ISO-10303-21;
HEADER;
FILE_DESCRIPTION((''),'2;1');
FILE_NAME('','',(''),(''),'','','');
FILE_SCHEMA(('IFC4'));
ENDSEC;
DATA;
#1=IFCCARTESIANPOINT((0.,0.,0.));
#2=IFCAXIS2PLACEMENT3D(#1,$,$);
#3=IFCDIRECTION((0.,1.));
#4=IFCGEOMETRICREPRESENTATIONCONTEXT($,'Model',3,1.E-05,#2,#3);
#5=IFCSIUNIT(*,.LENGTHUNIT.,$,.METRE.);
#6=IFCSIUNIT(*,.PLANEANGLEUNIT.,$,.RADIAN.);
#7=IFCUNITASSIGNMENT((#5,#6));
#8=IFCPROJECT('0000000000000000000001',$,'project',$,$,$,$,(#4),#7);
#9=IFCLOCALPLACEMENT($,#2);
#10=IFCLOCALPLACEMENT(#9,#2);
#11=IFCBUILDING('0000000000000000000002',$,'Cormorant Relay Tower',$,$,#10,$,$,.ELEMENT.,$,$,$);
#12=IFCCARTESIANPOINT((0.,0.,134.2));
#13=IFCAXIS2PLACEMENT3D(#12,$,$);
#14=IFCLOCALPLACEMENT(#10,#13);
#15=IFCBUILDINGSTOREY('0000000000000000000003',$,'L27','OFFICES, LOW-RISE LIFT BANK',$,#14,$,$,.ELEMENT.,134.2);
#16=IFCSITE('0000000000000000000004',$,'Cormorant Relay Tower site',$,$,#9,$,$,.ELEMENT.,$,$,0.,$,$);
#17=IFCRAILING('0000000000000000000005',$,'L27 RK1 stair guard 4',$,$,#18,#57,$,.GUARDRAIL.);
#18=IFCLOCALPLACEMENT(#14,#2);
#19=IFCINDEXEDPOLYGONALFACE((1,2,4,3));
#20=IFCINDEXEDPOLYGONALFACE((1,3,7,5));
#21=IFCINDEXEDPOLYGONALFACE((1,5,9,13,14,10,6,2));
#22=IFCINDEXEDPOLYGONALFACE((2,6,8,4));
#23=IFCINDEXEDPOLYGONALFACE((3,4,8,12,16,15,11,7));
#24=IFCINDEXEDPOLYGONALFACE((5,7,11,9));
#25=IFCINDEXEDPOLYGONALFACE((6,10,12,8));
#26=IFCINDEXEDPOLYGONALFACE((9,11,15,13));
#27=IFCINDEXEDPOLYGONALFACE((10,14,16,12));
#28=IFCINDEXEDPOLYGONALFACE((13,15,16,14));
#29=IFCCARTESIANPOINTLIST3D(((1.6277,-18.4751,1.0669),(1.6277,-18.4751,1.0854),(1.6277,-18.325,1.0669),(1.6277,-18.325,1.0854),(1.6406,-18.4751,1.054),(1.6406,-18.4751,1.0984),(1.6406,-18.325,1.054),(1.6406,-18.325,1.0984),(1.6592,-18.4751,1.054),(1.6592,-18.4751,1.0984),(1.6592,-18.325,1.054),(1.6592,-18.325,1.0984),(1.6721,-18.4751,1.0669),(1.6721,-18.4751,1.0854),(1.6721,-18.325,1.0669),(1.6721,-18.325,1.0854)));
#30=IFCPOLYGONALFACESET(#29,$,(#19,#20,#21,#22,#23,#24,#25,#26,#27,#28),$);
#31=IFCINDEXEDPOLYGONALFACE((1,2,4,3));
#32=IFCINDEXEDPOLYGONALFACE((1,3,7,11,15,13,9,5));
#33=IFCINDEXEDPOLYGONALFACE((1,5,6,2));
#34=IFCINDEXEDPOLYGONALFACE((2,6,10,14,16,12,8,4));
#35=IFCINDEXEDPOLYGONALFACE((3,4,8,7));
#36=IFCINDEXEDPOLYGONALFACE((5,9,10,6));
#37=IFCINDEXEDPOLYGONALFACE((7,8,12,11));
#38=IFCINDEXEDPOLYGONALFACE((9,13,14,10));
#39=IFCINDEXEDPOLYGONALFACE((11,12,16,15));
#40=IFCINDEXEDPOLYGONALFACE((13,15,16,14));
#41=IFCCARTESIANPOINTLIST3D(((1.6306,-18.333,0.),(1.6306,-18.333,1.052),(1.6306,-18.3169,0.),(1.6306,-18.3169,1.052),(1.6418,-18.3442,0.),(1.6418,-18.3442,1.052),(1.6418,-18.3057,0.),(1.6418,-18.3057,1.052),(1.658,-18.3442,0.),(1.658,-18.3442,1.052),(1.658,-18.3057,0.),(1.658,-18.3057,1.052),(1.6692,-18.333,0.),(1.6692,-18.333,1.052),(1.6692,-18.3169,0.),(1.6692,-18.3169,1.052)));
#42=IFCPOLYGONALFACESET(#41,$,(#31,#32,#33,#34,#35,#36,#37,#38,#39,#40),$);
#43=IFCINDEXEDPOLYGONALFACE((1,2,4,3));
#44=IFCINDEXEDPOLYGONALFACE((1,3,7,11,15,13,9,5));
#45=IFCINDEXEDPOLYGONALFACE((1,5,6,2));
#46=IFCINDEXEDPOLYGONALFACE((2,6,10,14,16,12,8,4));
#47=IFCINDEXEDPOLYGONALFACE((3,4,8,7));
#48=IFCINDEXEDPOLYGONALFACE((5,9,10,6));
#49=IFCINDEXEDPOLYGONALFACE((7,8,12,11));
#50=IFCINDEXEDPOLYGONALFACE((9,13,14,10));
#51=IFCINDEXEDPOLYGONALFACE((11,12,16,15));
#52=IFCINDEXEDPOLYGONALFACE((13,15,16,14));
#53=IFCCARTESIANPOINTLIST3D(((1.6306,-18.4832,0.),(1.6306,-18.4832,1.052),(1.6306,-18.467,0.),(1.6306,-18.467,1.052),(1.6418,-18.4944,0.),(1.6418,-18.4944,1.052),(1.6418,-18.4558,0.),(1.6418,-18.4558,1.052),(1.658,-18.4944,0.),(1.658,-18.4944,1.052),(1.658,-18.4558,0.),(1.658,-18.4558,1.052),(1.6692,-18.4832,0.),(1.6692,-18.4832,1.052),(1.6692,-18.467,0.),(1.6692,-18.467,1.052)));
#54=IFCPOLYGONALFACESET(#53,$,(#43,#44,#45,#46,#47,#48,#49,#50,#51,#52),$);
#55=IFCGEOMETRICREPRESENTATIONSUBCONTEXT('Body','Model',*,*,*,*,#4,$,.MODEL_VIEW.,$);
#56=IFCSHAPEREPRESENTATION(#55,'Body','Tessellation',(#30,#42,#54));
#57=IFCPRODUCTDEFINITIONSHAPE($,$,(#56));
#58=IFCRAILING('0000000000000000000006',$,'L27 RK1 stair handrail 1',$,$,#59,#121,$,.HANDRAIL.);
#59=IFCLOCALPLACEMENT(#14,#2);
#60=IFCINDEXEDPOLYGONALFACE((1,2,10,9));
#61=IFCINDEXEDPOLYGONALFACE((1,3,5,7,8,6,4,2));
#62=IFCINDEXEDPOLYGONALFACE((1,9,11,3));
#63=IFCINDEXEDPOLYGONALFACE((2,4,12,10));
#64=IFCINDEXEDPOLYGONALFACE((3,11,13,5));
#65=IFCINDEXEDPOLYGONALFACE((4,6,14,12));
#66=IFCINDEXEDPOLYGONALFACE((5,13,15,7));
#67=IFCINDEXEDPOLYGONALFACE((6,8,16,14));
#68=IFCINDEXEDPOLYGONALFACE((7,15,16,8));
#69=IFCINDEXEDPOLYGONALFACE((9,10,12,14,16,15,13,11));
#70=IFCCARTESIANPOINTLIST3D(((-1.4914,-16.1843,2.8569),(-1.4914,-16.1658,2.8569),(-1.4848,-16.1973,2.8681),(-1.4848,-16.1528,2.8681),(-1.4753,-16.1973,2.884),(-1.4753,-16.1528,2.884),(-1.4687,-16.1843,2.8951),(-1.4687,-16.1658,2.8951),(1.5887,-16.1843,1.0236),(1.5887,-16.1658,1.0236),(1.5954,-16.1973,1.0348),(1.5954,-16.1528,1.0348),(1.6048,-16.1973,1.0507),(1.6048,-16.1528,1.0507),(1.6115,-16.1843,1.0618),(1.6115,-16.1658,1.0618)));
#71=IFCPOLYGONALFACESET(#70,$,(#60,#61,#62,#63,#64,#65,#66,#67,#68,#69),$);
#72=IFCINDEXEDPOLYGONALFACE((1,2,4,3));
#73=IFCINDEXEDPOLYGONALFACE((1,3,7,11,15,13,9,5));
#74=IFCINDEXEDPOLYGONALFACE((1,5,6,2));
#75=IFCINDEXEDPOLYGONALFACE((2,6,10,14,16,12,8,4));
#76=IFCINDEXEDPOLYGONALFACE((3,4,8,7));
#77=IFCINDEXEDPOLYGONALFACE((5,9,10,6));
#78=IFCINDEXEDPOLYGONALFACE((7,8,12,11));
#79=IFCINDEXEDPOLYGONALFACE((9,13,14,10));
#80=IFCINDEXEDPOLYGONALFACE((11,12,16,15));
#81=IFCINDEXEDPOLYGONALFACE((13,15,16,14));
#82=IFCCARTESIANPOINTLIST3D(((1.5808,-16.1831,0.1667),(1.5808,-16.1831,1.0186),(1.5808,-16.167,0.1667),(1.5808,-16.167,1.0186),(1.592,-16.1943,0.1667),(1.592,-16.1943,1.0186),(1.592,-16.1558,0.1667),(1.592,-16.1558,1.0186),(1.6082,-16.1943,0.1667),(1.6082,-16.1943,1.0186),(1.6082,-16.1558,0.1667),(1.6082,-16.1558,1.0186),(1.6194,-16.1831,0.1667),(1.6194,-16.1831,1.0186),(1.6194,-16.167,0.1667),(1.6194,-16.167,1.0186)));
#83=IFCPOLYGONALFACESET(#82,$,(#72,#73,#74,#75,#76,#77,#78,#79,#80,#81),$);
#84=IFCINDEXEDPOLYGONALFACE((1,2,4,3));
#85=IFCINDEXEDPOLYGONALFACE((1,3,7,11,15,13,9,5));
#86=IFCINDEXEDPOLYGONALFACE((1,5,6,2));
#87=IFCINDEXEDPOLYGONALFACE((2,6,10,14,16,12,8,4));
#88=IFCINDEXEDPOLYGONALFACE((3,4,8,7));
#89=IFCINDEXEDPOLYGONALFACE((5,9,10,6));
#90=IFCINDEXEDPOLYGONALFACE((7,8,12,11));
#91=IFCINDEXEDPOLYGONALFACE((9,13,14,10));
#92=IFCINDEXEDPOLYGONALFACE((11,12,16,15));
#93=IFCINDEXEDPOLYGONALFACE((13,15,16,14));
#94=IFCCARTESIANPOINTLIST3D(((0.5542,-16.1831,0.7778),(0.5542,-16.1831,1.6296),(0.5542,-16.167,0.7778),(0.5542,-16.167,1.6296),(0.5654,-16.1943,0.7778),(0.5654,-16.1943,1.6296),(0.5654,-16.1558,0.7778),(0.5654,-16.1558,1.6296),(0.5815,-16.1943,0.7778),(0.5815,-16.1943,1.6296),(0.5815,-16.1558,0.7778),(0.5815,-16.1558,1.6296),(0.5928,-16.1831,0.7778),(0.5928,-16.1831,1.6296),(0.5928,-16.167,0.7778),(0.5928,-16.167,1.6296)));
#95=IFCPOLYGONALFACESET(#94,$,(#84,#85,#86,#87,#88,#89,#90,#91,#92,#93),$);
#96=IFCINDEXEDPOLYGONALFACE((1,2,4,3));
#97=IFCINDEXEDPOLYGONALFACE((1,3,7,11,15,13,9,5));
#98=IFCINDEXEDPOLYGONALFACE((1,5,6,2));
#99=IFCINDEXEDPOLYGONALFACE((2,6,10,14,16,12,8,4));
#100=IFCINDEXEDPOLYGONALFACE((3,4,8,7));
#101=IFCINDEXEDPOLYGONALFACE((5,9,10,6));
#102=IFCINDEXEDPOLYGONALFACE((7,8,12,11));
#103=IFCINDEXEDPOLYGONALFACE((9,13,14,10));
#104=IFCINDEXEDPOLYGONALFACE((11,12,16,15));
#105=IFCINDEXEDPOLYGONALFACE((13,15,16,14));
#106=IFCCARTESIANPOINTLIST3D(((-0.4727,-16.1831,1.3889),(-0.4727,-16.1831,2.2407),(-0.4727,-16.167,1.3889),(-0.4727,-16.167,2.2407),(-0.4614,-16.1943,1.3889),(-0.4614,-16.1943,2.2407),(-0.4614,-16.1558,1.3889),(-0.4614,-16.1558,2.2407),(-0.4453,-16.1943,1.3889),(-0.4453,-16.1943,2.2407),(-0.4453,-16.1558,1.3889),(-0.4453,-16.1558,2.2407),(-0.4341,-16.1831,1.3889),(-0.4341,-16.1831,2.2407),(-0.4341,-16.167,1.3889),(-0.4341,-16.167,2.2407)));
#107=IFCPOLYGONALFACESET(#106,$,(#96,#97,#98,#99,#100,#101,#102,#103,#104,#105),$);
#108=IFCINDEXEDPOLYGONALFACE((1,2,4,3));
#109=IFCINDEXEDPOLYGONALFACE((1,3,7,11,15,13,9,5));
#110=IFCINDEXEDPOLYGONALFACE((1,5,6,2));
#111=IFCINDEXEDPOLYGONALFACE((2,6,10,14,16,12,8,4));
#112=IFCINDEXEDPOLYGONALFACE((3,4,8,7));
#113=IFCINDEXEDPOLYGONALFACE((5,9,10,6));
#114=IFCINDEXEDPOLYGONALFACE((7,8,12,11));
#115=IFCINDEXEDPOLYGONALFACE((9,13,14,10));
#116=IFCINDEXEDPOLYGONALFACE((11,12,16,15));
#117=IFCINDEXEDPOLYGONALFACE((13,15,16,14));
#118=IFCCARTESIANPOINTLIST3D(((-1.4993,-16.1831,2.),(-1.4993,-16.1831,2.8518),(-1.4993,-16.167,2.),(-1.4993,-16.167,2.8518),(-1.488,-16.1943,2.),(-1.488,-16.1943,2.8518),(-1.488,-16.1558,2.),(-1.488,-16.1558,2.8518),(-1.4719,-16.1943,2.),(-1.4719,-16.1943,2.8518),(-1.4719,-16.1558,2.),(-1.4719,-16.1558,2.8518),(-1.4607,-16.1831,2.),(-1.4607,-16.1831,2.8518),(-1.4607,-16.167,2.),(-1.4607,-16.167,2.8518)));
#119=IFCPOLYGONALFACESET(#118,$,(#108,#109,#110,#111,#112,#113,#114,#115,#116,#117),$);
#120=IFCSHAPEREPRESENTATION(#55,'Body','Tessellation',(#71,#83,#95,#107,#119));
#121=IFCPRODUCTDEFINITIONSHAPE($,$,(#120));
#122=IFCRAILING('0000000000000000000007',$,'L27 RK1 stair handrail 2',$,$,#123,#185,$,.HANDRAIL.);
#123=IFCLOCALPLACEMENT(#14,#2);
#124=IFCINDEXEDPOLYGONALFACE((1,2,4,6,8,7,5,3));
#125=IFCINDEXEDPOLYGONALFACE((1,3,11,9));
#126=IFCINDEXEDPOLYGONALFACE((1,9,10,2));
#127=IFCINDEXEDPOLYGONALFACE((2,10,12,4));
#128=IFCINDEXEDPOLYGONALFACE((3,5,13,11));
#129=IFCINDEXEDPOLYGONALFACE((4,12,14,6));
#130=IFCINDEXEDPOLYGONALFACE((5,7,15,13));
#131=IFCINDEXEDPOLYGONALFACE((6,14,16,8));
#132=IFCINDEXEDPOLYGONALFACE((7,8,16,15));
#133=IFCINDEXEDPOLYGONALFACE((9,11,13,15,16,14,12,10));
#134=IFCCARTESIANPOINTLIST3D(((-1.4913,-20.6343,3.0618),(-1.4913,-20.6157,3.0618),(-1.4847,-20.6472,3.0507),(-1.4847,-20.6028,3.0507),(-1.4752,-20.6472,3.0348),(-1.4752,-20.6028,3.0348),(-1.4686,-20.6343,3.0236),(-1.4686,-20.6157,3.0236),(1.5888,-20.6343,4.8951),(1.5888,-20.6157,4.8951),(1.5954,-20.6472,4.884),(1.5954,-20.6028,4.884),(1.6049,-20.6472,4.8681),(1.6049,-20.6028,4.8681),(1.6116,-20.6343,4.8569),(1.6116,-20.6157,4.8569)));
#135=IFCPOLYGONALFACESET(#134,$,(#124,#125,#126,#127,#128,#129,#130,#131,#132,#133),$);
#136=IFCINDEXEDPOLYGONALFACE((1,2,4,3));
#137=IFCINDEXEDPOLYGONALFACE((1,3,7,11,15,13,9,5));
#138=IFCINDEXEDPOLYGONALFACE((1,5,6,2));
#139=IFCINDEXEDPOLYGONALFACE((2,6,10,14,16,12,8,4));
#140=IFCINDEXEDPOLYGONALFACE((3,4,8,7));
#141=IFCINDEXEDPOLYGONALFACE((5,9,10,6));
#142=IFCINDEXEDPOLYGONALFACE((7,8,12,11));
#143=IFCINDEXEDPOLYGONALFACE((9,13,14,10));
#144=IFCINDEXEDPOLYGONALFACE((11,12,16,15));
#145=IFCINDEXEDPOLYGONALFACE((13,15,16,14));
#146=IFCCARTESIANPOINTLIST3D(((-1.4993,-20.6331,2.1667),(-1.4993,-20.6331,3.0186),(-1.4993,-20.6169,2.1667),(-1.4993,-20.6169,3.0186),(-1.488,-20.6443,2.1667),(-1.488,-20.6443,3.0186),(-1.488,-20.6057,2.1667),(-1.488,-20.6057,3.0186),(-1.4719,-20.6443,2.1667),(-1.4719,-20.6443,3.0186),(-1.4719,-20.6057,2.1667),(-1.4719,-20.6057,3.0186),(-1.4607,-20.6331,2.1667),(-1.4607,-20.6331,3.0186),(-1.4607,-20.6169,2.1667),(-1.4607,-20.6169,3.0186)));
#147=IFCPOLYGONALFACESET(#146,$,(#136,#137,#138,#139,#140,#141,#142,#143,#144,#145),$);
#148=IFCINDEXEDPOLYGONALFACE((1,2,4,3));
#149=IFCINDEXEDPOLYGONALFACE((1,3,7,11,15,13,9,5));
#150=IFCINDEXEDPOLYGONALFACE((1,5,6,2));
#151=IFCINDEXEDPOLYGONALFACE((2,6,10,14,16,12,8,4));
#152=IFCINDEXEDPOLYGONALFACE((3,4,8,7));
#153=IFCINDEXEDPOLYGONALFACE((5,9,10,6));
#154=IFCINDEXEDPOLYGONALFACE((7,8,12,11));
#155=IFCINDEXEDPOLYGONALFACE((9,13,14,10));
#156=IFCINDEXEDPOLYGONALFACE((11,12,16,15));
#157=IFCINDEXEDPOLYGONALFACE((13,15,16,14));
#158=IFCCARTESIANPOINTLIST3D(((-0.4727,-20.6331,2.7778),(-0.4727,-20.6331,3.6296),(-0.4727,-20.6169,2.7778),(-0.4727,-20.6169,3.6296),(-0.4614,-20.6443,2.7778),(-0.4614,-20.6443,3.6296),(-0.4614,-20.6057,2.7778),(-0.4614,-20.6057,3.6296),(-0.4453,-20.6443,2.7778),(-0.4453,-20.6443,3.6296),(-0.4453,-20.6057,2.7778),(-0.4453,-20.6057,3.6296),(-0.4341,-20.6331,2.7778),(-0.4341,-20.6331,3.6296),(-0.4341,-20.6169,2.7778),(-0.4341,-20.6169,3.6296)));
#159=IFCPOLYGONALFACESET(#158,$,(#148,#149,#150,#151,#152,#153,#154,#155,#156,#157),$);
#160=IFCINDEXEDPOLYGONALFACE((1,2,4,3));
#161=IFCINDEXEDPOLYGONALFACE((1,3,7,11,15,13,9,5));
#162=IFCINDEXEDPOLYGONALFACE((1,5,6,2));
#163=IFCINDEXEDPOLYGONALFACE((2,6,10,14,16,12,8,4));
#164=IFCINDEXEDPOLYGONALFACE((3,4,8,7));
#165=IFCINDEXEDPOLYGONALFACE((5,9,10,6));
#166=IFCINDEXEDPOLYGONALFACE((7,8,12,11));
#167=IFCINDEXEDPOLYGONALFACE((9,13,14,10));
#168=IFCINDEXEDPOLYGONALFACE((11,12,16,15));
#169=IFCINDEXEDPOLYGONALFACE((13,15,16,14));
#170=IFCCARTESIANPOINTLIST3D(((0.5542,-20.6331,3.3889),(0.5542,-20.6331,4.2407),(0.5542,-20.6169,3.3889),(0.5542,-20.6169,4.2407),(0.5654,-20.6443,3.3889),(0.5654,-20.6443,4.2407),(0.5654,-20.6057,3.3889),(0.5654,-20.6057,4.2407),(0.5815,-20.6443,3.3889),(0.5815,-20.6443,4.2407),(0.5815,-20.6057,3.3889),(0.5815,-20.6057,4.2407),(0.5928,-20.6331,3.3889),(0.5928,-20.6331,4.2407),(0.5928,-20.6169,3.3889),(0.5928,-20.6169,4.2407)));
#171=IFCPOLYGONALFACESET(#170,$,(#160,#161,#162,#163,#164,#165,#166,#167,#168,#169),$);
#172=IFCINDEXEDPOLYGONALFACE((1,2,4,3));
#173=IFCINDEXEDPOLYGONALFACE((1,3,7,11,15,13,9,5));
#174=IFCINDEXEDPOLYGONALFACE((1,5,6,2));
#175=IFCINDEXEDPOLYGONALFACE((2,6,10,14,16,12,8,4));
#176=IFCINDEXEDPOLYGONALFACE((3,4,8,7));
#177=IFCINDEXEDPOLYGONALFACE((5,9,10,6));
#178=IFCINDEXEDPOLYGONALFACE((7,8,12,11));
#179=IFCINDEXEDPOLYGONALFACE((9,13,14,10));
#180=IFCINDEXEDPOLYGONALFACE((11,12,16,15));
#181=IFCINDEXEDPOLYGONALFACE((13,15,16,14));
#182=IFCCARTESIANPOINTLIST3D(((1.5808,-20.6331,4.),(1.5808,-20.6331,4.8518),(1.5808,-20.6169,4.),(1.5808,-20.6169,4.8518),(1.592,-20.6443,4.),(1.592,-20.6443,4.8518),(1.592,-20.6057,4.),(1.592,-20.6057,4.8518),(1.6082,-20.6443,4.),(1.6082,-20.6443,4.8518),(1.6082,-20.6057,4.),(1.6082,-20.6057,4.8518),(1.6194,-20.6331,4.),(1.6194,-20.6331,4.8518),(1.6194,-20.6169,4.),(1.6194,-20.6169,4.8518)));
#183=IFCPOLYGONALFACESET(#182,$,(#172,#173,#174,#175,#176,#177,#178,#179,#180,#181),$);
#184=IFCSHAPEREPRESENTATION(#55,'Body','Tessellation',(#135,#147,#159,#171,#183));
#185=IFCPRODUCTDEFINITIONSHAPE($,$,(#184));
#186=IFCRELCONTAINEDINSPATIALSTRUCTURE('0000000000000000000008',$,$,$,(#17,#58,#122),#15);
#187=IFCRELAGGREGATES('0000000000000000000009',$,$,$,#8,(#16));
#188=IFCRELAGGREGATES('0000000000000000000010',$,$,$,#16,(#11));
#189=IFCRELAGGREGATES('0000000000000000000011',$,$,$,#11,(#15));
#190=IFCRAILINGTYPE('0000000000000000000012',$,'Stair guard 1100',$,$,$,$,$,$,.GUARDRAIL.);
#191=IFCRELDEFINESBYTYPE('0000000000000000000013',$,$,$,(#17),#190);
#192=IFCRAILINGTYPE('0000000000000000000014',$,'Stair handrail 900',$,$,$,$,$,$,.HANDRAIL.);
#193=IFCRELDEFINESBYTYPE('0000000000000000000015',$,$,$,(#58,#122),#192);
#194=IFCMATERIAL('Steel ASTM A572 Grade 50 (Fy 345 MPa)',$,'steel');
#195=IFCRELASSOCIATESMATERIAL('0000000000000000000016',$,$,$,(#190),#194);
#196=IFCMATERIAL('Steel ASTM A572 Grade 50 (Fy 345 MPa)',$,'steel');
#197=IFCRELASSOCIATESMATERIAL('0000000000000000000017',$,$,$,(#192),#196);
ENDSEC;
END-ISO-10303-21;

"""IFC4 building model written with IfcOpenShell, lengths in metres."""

from ifc_helpers import new_model, si_unit, direction, frame, origin, place, context, subcontext, project, spatial, polyline, outline, extrude, material, type_object, element, save


model = new_model("IFC4")

# Units and contexts
model_context = context("Model", 3, precision=1e-05, world=origin(), true_north=direction((0.0, 1.0)))
body_context = subcontext(model_context, "Body", "Model", "MODEL_VIEW")
ifc_project = project(units=[si_unit("LENGTHUNIT", "METRE"), si_unit("PLANEANGLEUNIT", "RADIAN")], contexts=[model_context])

# Site, building, storey
site_placement = place(None, origin())
site = spatial("IfcSite", under=ifc_project, at=site_placement, Name="Cormorant Relay Tower site", CompositionType="ELEMENT", RefElevation=0.0)
building_placement = place(site_placement, origin())
building = spatial("IfcBuilding", under=site, at=building_placement, Name="Cormorant Relay Tower", CompositionType="ELEMENT")
storey_placement = place(building_placement, frame((0.0, 0.0, 134.2)))
storey = spatial("IfcBuildingStorey", under=building, at=storey_placement, Name="L27", Description="OFFICES, LOW-RISE LIFT BANK", CompositionType="ELEMENT", Elevation=134.2)

# Railings
ifc_material_1 = material(Name="Steel ASTM A572 Grade 50 (Fy 345 MPa)", Category="steel")
railing_type_1 = type_object("IfcRailingType", Name="Stair guard 1100", PredefinedType="GUARDRAIL", material=ifc_material_1)
railing_1_placement = place(storey_placement, frame((1.6499, -18.325, 0.0)))
element("IfcRailing", 1, at=railing_1_placement, inside=storey, type_object=railing_type_1, Name="L27 RK1 stair guard 4", PredefinedType="GUARDRAIL", context=body_context, shape_type="SweptSolid", body=[
    extrude(outline(polyline([(0.0222, 0.0093), (0.0093, 0.0222), (-0.0093, 0.0222), (-0.0222, 0.0093), (-0.0222, -0.0093), (-0.0093, -0.0222), (0.0093, -0.0222), (0.0222, -0.0093), (0.0222, 0.0093)])), frame((0.0, 0.0, 1.0762), z_axis=(0.0, -1.0, 0.0), x_axis=(1.0, 0.0, 0.0)), (0.0, 0.0, 1.0), 0.1501),
    extrude(outline(polyline([(0.0193, 0.0081), (0.0081, 0.0193), (-0.0081, 0.0193), (-0.0193, 0.0081), (-0.0193, -0.0081), (-0.0081, -0.0193), (0.0081, -0.0193), (0.0193, -0.0081), (0.0193, 0.0081)])), origin(), (0.0, 0.0, 1.0), 1.052),
    extrude(outline(polyline([(0.0193, 0.0081), (0.0081, 0.0193), (-0.0081, 0.0193), (-0.0193, 0.0081), (-0.0193, -0.0081), (-0.0081, -0.0193), (0.0081, -0.0193), (0.0193, -0.0081), (0.0193, 0.0081)])), frame((0.0, -0.1501, 0.0)), (0.0, 0.0, 1.0), 1.052),
])
ifc_material_2 = material(Name="Steel ASTM A572 Grade 50 (Fy 345 MPa)", Category="steel")
railing_type_2 = type_object("IfcRailingType", Name="Stair handrail 900", PredefinedType="HANDRAIL", material=ifc_material_2)
railing_2_placement = place(storey_placement, frame((1.6001, -16.175, 0.1667)))
element("IfcRailing", 2, at=railing_2_placement, inside=storey, type_object=railing_type_2, Name="L27 RK1 stair handrail 1", PredefinedType="HANDRAIL", context=body_context, shape_type="SweptSolid", body=[
    extrude(outline(polyline([(0.0222, 0.0093), (0.0093, 0.0222), (-0.0093, 0.0222), (-0.0222, 0.0093), (-0.0222, -0.0093), (-0.0093, -0.0222), (0.0093, -0.0222), (0.0222, -0.0093), (0.0222, 0.0093)])), frame((0.0, 0.0, 0.876), z_axis=(-0.859309, 0.0, 0.511458), x_axis=(0.0, -1.0, 0.0)), (0.0, 0.0, 1.0), 3.5845),
    extrude(outline(polyline([(0.0193, 0.0081), (0.0081, 0.0193), (-0.0081, 0.0193), (-0.0193, 0.0081), (-0.0193, -0.0081), (-0.0081, -0.0193), (0.0081, -0.0193), (0.0193, -0.0081), (0.0193, 0.0081)])), origin(), (0.0, 0.0, 1.0), 0.8518),
    extrude(outline(polyline([(0.0193, 0.0081), (0.0081, 0.0193), (-0.0081, 0.0193), (-0.0193, 0.0081), (-0.0193, -0.0081), (-0.0081, -0.0193), (0.0081, -0.0193), (0.0193, -0.0081), (0.0193, 0.0081)])), frame((-1.0266, 0.0, 0.6111)), (0.0, 0.0, 1.0), 0.8518),
    extrude(outline(polyline([(0.0193, 0.0081), (0.0081, 0.0193), (-0.0081, 0.0193), (-0.0193, 0.0081), (-0.0193, -0.0081), (-0.0081, -0.0193), (0.0081, -0.0193), (0.0193, -0.0081), (0.0193, 0.0081)])), frame((-2.0535, 0.0, 1.2222)), (0.0, 0.0, 1.0), 0.8518),
    extrude(outline(polyline([(0.0193, 0.0081), (0.0081, 0.0193), (-0.0081, 0.0193), (-0.0193, 0.0081), (-0.0193, -0.0081), (-0.0081, -0.0193), (0.0081, -0.0193), (0.0193, -0.0081), (0.0193, 0.0081)])), frame((-3.0801, 0.0, 1.8333)), (0.0, 0.0, 1.0), 0.8518),
])
railing_3_placement = place(storey_placement, frame((-1.48, -20.625, 2.1667)))
element("IfcRailing", 3, at=railing_3_placement, inside=storey, type_object=railing_type_2, Name="L27 RK1 stair handrail 2", PredefinedType="HANDRAIL", context=body_context, shape_type="SweptSolid", body=[
    extrude(outline(polyline([(0.0222, 0.0093), (0.0093, 0.0222), (-0.0093, 0.0222), (-0.0222, 0.0093), (-0.0222, -0.0093), (-0.0093, -0.0222), (0.0093, -0.0222), (0.0222, -0.0093), (0.0222, 0.0093)])), frame((0.0, 0.0, 0.876), z_axis=(0.859309, 0.0, 0.511458), x_axis=(0.0, 1.0, 0.0)), (0.0, 0.0, 1.0), 3.5845),
    extrude(outline(polyline([(0.0193, 0.0081), (0.0081, 0.0193), (-0.0081, 0.0193), (-0.0193, 0.0081), (-0.0193, -0.0081), (-0.0081, -0.0193), (0.0081, -0.0193), (0.0193, -0.0081), (0.0193, 0.0081)])), origin(), (0.0, 0.0, 1.0), 0.8518),
    extrude(outline(polyline([(0.0193, 0.0081), (0.0081, 0.0193), (-0.0081, 0.0193), (-0.0193, 0.0081), (-0.0193, -0.0081), (-0.0081, -0.0193), (0.0081, -0.0193), (0.0193, -0.0081), (0.0193, 0.0081)])), frame((1.0266, 0.0, 0.6111)), (0.0, 0.0, 1.0), 0.8518),
    extrude(outline(polyline([(0.0193, 0.0081), (0.0081, 0.0193), (-0.0081, 0.0193), (-0.0193, 0.0081), (-0.0193, -0.0081), (-0.0081, -0.0193), (0.0081, -0.0193), (0.0193, -0.0081), (0.0193, 0.0081)])), frame((2.0535, 0.0, 1.2222)), (0.0, 0.0, 1.0), 0.8518),
    extrude(outline(polyline([(0.0193, 0.0081), (0.0081, 0.0193), (-0.0081, 0.0193), (-0.0193, 0.0081), (-0.0193, -0.0081), (-0.0081, -0.0193), (0.0081, -0.0193), (0.0193, -0.0081), (0.0193, 0.0081)])), frame((3.0801, 0.0, 1.8333)), (0.0, 0.0, 1.0), 0.8518),
])

save(model, "model.ifc")
